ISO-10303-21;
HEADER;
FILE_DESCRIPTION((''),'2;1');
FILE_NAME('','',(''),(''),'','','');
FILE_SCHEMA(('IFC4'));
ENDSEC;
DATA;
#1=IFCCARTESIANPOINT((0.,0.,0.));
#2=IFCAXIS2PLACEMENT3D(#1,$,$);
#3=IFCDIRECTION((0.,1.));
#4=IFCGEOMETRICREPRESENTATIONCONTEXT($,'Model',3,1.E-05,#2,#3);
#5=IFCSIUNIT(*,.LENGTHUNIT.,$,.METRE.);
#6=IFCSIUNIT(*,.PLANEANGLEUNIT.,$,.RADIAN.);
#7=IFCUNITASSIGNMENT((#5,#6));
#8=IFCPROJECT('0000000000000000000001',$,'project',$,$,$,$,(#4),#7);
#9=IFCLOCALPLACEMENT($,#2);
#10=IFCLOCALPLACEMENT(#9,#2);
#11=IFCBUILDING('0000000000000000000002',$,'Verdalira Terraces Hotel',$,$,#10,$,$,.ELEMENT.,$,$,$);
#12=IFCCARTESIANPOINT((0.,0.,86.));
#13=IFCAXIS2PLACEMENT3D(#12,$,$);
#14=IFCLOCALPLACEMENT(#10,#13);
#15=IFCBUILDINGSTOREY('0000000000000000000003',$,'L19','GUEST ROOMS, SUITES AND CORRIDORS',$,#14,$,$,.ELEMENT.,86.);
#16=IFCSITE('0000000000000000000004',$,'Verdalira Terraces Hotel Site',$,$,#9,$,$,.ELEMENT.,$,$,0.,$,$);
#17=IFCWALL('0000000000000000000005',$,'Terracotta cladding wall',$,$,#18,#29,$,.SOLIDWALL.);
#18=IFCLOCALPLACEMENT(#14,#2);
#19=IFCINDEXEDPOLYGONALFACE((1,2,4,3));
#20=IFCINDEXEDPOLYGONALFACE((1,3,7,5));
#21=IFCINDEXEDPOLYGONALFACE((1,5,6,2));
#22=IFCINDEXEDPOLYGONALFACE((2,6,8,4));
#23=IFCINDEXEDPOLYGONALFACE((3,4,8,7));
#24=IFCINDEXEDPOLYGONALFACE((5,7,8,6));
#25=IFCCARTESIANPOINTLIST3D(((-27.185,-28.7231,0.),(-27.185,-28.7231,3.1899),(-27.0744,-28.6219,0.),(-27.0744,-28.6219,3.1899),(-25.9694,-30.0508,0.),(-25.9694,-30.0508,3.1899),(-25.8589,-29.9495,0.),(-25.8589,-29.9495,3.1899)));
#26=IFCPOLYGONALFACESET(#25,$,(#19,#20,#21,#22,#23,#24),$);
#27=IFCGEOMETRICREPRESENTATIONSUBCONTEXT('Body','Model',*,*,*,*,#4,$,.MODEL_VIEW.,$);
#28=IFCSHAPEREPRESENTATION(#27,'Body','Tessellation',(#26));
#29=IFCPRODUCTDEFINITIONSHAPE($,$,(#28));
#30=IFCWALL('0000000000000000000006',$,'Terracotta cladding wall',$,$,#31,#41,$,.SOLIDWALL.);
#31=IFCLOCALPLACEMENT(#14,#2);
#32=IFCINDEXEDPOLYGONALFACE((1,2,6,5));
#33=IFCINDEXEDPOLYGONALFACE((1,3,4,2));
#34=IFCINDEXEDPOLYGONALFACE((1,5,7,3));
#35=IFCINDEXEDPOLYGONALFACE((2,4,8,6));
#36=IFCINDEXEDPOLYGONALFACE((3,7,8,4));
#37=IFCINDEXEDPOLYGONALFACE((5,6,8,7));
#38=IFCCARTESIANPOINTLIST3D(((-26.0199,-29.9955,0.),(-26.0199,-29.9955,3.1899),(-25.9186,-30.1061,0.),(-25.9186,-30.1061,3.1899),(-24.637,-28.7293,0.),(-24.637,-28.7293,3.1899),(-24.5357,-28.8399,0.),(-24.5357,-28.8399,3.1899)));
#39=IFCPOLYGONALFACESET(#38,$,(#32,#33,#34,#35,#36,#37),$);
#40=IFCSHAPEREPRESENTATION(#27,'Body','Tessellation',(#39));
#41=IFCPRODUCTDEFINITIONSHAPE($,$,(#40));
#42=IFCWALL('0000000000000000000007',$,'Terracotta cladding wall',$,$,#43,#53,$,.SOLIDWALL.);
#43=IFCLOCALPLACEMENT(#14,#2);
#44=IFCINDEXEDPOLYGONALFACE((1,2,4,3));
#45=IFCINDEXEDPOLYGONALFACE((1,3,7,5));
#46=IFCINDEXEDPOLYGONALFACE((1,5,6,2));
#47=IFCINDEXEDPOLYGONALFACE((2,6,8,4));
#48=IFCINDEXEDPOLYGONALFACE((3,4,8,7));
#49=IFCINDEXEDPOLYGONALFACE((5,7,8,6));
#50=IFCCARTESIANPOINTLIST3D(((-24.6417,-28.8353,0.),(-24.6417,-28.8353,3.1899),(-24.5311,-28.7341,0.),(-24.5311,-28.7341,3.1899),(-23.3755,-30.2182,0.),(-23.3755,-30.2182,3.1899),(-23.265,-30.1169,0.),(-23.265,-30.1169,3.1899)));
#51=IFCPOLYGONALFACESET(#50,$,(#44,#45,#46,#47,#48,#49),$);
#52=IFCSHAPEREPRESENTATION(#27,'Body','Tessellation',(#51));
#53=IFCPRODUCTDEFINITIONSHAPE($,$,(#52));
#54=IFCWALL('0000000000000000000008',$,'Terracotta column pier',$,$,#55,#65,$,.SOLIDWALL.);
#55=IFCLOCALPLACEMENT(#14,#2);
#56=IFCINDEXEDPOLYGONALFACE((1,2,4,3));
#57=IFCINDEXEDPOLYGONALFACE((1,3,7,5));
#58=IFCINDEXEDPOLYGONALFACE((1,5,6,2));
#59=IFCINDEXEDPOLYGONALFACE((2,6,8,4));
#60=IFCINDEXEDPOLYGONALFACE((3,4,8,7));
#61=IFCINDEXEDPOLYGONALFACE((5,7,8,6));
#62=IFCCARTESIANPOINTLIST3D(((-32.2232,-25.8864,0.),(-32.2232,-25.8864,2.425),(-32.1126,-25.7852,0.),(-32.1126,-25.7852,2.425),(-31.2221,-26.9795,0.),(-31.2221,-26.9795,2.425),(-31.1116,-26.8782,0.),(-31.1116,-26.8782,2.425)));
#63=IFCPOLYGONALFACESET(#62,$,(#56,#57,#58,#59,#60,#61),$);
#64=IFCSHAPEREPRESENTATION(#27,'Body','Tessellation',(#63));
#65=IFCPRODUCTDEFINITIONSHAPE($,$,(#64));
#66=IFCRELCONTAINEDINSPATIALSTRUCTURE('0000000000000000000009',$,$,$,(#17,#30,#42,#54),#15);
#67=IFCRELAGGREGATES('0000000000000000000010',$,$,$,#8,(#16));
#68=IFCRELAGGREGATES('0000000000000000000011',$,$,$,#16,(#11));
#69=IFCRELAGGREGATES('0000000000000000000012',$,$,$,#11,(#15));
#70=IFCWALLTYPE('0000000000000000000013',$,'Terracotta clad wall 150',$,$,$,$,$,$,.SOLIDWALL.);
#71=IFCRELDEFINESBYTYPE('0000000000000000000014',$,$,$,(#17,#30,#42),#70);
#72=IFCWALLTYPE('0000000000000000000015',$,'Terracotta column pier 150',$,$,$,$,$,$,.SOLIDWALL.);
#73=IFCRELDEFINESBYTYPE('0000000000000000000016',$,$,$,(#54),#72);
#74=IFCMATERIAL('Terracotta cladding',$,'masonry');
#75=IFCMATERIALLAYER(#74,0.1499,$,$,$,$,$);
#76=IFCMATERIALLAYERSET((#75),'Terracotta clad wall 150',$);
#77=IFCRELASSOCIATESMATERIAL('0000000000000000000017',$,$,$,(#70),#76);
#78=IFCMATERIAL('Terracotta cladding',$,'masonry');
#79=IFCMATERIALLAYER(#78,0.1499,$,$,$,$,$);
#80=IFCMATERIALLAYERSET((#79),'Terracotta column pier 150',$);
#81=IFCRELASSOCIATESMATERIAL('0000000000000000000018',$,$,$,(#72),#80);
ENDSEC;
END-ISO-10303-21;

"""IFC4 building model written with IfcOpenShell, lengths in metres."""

from ifc_helpers import new_model, si_unit, direction, frame, frame_2d, origin, place, context, subcontext, project, spatial, rectangle, extrude, material, layer, layer_set, type_object, element, save


model = new_model("IFC4")

# Units and contexts
model_context = context("Model", 3, precision=1e-05, world=origin(), true_north=direction((0.0, 1.0)))
body_context = subcontext(model_context, "Body", "Model", "MODEL_VIEW")
ifc_project = project(units=[si_unit("LENGTHUNIT", "METRE"), si_unit("PLANEANGLEUNIT", "RADIAN")], contexts=[model_context])

# Site, building, storey
site_placement = place(None, origin())
site = spatial("IfcSite", under=ifc_project, at=site_placement, Name="Verdalira Terraces Hotel Site", CompositionType="ELEMENT", RefElevation=0.0)
building_placement = place(site_placement, origin())
building = spatial("IfcBuilding", under=site, at=building_placement, Name="Verdalira Terraces Hotel", CompositionType="ELEMENT")
storey_placement = place(building_placement, frame((0.0, 0.0, 86.0)))
storey = spatial("IfcBuildingStorey", under=building, at=storey_placement, Name="L19", Description="GUEST ROOMS, SUITES AND CORRIDORS", CompositionType="ELEMENT", Elevation=86.0)

# Walls
ifc_material_1 = material(Name="Terracotta cladding", Category="masonry")
ifc_layer_1 = layer(ifc_material_1, 0.1499)
ifc_layer_set_1 = layer_set([ifc_layer_1], Name="Terracotta clad wall 150")
wall_type_1 = type_object("IfcWallType", Name="Terracotta clad wall 150", PredefinedType="SOLIDWALL", material=ifc_layer_set_1)
wall_1_placement = place(storey_placement, frame((-27.1296, -28.6726, 0.0), z_axis=(0.0, 0.0, 1.0), x_axis=(0.675295, -0.737548, 0.0)))
element("IfcWall", 1, at=wall_1_placement, inside=storey, type_object=wall_type_1, Name="Terracotta cladding wall", PredefinedType="SOLIDWALL", context=body_context, shape_type="SweptSolid", body=[
    extrude(rectangle(XDim=1.8, YDim=0.1499, at=frame_2d((0.8999, 0.0))), origin(), (0.0, 0.0, 1.0), 3.1899),
])
for number, where, z_axis, x_axis, name in (
    (2, (-25.9692, -30.0508, 0.0), (0.0, 0.0, 1.0), (0.737543, 0.6753, 0.0), "Terracotta cladding wall"),
    (3, (-24.5864, -28.7847, 0.0), (0.0, 0.0, 1.0), (0.6753, -0.737543, 0.0), "Terracotta cladding wall"),
):
    element("IfcWall", number, at=place(storey_placement, frame(where, z_axis=z_axis, x_axis=x_axis)), inside=storey, type_object=wall_type_1, Name=name, PredefinedType="SOLIDWALL", context=body_context, shape_type="SweptSolid", body=[
        extrude(rectangle(XDim=1.875, YDim=0.1499, at=frame_2d((0.9375, 0.0))), origin(), (0.0, 0.0, 1.0), 3.1899),
    ])
ifc_material_2 = material(Name="Terracotta cladding", Category="masonry")
ifc_layer_2 = layer(ifc_material_2, 0.1499)
ifc_layer_set_2 = layer_set([ifc_layer_2], Name="Terracotta column pier 150")
wall_type_2 = type_object("IfcWallType", Name="Terracotta column pier 150", PredefinedType="SOLIDWALL", material=ifc_layer_set_2)
wall_2_placement = place(storey_placement, frame((-32.168, -25.8357, 0.0), z_axis=(0.0, 0.0, 1.0), x_axis=(0.675374, -0.737475, 0.0)))
element("IfcWall", 4, at=wall_2_placement, inside=storey, type_object=wall_type_2, Name="Terracotta column pier", PredefinedType="SOLIDWALL", context=body_context, shape_type="SweptSolid", body=[
    extrude(rectangle(XDim=1.4822, YDim=0.1499, at=frame_2d((0.7412, 0.0))), origin(), (0.0, 0.0, 1.0), 2.425),
])

save(model, "model.ifc")
